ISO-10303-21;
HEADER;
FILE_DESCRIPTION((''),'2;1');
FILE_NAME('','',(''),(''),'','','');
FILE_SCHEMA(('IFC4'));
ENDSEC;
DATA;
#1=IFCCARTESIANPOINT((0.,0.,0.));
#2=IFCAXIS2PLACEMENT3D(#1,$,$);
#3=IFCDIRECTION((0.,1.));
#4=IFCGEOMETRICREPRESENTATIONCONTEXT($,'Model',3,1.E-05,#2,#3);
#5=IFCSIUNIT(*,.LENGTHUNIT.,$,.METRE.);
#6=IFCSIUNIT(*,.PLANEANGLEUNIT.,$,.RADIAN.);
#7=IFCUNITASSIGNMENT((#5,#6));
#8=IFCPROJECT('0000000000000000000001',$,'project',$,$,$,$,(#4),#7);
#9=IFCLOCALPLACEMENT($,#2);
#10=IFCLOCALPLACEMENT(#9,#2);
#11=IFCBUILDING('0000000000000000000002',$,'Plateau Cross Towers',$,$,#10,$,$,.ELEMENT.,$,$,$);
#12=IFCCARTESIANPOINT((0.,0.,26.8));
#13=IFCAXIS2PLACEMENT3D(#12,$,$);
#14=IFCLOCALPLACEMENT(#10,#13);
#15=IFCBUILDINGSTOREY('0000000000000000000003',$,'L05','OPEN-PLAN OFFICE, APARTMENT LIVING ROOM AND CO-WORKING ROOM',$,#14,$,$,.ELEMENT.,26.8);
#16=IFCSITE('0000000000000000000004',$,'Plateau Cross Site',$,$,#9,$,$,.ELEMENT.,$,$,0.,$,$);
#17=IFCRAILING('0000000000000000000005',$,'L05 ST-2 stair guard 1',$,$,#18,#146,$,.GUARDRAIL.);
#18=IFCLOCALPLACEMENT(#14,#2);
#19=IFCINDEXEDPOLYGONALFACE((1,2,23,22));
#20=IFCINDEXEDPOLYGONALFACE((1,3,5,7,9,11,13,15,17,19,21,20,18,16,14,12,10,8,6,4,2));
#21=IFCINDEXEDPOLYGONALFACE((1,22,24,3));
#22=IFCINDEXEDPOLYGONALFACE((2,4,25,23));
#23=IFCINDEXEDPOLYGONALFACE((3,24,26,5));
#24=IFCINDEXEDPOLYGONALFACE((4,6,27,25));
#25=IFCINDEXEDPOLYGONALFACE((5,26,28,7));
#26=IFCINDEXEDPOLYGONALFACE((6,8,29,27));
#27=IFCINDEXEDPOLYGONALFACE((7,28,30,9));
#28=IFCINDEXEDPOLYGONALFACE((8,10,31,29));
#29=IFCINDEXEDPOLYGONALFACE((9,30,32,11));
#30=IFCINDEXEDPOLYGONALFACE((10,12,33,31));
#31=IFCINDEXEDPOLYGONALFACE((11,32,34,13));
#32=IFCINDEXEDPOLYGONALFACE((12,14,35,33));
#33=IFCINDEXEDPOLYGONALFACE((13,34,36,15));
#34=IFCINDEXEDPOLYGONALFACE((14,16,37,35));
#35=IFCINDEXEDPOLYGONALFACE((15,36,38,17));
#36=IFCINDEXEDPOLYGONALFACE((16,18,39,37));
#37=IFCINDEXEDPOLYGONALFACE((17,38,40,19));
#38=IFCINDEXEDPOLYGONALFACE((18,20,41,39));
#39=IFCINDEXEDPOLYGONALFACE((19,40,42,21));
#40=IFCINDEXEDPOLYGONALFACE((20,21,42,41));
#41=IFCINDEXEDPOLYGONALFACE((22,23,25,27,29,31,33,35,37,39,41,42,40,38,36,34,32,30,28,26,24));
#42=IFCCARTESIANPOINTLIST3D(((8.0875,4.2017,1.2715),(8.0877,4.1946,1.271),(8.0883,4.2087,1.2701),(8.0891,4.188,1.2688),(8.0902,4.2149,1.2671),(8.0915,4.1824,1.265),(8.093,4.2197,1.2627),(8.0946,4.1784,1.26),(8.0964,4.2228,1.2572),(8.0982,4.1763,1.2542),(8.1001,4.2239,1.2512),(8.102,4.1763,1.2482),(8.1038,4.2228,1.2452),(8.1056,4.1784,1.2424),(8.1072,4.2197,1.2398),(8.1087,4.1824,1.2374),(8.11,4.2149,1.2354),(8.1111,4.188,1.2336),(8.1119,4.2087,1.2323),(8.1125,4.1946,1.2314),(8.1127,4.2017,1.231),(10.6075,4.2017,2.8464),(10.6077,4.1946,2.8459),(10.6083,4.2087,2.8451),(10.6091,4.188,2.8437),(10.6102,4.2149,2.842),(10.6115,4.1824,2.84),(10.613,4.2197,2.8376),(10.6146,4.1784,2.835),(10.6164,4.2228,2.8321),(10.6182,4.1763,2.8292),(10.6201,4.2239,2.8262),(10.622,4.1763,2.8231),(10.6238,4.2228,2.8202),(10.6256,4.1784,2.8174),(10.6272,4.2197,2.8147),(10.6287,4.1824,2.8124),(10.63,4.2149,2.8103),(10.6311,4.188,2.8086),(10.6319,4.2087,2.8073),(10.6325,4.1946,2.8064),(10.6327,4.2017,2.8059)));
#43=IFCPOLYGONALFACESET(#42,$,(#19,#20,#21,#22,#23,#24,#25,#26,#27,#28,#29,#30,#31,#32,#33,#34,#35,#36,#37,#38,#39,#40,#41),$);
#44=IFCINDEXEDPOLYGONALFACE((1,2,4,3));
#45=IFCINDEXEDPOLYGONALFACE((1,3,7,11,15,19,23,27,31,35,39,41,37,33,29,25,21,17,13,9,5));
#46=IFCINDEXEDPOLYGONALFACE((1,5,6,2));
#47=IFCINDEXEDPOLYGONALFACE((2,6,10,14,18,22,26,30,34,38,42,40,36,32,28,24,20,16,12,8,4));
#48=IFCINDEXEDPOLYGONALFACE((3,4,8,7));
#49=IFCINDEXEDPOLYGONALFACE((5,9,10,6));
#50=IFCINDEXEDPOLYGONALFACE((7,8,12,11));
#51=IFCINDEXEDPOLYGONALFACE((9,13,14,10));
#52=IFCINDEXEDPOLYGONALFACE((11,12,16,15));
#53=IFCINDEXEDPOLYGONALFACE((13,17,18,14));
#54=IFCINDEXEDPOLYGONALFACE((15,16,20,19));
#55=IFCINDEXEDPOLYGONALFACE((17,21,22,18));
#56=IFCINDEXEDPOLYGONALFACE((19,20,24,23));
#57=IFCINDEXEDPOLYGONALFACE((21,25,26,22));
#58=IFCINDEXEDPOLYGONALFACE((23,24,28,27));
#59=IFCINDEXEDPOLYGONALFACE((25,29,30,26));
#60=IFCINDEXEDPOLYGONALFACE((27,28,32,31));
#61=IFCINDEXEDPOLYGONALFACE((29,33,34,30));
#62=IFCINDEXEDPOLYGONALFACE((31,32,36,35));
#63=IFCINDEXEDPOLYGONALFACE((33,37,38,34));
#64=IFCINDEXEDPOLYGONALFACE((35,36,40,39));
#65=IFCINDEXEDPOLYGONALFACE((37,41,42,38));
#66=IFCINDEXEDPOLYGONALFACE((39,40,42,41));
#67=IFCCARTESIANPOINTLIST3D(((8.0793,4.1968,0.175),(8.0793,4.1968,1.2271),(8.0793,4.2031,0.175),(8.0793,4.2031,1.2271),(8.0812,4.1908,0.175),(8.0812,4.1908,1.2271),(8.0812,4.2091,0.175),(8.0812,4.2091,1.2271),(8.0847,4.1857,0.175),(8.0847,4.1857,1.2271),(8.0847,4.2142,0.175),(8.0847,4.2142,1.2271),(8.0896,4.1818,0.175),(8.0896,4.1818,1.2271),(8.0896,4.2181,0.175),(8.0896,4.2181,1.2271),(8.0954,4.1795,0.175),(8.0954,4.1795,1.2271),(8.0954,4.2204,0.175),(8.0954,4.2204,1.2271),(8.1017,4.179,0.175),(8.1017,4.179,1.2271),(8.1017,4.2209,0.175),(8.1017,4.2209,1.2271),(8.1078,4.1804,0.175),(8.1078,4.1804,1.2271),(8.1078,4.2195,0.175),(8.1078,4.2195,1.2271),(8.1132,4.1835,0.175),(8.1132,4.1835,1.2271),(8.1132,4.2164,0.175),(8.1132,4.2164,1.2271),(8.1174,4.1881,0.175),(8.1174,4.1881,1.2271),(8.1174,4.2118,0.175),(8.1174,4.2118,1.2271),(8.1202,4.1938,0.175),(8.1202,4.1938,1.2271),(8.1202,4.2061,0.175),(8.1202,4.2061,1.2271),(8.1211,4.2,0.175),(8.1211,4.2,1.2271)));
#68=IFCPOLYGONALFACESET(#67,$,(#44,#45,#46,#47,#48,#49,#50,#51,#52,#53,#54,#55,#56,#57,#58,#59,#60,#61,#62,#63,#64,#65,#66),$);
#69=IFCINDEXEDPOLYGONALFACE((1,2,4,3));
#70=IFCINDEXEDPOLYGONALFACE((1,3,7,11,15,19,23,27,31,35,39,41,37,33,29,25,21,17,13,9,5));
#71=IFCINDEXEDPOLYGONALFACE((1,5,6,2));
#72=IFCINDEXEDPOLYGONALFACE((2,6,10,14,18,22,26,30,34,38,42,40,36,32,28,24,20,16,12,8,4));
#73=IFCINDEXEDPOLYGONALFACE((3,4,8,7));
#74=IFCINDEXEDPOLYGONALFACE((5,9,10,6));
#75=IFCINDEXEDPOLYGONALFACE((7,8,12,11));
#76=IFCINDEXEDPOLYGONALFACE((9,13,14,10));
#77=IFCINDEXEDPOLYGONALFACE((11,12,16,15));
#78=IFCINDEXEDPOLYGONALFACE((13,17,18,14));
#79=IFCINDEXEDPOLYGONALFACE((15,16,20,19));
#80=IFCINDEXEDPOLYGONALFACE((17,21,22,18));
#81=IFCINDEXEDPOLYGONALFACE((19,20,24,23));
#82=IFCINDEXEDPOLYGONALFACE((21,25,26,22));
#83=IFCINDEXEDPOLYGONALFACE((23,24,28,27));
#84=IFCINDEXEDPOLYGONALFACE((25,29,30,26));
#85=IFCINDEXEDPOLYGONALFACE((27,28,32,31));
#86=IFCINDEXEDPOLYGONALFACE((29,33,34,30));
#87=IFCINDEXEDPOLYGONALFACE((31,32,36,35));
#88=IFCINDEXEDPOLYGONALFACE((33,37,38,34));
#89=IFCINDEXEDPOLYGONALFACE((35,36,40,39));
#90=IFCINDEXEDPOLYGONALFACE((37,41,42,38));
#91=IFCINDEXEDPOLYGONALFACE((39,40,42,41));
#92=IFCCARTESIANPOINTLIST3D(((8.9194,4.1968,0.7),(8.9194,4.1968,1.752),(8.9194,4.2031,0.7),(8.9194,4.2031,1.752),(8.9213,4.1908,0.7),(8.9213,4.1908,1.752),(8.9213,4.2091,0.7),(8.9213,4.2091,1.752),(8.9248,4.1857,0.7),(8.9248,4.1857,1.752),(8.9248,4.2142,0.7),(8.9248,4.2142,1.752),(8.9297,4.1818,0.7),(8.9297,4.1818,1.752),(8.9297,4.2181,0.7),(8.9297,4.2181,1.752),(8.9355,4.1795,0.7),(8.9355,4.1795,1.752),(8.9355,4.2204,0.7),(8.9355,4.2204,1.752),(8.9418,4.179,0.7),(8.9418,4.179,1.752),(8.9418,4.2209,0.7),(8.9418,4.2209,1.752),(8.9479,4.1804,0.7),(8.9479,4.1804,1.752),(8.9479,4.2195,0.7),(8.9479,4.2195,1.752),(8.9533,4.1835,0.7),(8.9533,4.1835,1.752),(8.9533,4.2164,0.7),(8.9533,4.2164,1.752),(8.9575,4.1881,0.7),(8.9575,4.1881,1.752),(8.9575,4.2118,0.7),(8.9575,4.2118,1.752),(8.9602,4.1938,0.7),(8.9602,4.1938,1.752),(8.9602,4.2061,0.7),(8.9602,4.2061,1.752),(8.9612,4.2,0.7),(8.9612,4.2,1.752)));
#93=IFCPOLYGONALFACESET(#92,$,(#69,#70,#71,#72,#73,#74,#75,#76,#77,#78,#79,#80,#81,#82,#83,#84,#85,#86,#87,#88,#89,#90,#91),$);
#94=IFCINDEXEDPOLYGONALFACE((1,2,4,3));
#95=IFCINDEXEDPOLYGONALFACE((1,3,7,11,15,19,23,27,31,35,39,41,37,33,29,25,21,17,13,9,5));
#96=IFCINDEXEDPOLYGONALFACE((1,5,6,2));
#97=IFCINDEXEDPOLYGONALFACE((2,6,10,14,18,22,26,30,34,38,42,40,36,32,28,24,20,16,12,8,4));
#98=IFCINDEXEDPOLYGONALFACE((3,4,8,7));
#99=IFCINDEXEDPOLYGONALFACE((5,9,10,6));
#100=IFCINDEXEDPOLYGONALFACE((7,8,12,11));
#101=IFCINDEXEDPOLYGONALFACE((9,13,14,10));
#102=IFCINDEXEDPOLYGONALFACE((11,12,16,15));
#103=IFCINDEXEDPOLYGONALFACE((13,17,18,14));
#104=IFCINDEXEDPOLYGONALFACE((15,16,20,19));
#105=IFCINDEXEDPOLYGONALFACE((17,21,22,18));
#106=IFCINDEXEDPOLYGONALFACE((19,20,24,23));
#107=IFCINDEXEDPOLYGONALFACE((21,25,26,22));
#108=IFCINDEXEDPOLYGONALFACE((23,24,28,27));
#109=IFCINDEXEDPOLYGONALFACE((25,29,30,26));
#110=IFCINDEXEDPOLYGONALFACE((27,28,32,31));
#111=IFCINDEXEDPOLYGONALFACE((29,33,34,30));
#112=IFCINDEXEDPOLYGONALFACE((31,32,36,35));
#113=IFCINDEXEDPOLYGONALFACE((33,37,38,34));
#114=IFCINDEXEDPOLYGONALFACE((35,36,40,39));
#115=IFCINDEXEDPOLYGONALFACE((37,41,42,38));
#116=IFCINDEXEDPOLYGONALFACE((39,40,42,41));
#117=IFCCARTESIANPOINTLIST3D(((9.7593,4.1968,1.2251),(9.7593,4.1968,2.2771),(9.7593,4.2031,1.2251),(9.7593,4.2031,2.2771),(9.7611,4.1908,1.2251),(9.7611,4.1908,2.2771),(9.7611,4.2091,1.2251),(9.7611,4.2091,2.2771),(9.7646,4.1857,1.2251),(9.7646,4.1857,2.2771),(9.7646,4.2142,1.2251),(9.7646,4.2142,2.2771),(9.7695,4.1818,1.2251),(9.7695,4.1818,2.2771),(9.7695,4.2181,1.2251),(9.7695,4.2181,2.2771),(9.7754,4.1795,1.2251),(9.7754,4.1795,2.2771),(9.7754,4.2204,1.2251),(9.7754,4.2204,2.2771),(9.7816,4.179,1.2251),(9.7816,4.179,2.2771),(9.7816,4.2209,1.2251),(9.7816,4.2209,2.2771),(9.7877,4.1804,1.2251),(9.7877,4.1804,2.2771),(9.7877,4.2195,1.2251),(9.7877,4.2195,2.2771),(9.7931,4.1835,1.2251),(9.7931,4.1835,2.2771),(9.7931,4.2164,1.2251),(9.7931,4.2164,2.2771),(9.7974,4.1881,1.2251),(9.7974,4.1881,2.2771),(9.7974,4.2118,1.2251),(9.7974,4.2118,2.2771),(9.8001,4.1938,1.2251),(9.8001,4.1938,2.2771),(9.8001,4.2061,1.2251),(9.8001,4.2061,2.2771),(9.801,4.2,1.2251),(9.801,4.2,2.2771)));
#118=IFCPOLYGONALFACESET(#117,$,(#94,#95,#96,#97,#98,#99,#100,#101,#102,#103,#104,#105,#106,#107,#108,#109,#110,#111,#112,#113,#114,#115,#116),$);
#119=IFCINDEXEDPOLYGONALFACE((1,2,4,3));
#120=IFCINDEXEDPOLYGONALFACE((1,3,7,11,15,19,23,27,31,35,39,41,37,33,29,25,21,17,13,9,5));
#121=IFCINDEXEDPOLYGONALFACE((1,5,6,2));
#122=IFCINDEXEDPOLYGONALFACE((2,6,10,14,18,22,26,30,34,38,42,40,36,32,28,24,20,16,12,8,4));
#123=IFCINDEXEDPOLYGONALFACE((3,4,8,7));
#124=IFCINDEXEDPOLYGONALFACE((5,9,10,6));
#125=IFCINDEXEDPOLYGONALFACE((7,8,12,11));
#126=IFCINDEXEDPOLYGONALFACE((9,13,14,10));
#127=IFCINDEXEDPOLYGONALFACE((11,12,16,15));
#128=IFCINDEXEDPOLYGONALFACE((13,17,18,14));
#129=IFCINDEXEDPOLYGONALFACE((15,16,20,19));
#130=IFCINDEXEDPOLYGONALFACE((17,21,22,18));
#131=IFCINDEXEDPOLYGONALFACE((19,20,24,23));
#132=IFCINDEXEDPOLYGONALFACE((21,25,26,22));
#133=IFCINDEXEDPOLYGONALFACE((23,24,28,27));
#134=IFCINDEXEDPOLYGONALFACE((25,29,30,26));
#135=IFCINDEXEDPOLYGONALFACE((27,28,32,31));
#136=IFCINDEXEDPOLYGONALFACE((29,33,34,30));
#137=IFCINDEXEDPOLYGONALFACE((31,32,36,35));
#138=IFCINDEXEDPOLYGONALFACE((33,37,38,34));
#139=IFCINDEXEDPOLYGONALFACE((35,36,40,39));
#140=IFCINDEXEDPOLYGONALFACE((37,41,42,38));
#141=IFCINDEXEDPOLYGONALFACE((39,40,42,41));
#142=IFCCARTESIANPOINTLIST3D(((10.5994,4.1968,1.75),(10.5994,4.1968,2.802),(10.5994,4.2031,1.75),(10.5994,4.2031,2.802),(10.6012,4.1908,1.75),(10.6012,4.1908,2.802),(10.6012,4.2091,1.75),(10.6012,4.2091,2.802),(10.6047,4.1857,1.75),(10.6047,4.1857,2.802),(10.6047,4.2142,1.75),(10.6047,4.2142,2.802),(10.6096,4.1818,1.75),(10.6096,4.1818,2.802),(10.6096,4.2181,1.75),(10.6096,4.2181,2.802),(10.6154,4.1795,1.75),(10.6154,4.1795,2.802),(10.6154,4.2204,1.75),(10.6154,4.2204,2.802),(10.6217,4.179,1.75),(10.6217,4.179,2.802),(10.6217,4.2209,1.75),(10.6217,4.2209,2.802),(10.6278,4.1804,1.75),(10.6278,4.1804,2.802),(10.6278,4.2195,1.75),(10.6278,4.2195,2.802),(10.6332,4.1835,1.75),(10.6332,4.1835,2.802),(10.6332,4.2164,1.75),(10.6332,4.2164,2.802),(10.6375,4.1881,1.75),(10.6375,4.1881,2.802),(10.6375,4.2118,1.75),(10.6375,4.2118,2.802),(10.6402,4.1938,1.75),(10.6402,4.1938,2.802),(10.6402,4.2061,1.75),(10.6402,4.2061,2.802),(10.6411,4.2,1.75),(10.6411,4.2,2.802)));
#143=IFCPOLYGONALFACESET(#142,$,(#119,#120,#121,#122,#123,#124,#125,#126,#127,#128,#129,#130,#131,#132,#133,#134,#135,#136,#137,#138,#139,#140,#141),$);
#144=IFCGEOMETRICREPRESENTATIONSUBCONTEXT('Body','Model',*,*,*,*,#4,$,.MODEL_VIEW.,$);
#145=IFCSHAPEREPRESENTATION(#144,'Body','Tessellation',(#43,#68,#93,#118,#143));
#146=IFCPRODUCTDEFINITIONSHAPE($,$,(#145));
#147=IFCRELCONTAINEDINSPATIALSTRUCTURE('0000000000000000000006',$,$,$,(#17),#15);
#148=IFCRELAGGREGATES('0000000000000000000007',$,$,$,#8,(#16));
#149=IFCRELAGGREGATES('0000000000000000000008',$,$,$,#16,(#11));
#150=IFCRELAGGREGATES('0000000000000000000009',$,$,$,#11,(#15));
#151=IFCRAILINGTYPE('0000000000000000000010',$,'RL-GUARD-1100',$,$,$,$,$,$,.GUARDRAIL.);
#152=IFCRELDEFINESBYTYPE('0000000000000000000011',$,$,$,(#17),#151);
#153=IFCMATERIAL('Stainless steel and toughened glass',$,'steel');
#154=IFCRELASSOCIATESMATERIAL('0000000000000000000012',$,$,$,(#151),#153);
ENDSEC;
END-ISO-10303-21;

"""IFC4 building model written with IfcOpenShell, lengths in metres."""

from ifc_helpers import new_model, si_unit, direction, frame, origin, origin_2d, place, context, subcontext, project, spatial, circle, extrude, material, type_object, element, save


model = new_model("IFC4")

# Units and contexts
model_context = context("Model", 3, precision=1e-05, world=origin(), true_north=direction((0.0, 1.0)))
body_context = subcontext(model_context, "Body", "Model", "MODEL_VIEW")
ifc_project = project(units=[si_unit("LENGTHUNIT", "METRE"), si_unit("PLANEANGLEUNIT", "RADIAN")], contexts=[model_context])

# Site, building, storey
site_placement = place(None, origin())
site = spatial("IfcSite", under=ifc_project, at=site_placement, Name="Plateau Cross Site", CompositionType="ELEMENT", RefElevation=0.0)
building_placement = place(site_placement, origin())
building = spatial("IfcBuilding", under=site, at=building_placement, Name="Plateau Cross Towers", CompositionType="ELEMENT")
storey_placement = place(building_placement, frame((0.0, 0.0, 26.8)))
storey = spatial("IfcBuildingStorey", under=building, at=storey_placement, Name="L05", Description="OPEN-PLAN OFFICE, APARTMENT LIVING ROOM AND CO-WORKING ROOM", CompositionType="ELEMENT", Elevation=26.8)

# Railing
ifc_material_1 = material(Name="Stainless steel and toughened glass", Category="steel")
railing_type_1 = type_object("IfcRailingType", Name="RL-GUARD-1100", PredefinedType="GUARDRAIL", material=ifc_material_1)
railing_1_placement = place(storey_placement, frame((8.1001, 4.2, 0.175)))
element("IfcRailing", 1, at=railing_1_placement, inside=storey, type_object=railing_type_1, Name="L05 ST-2 stair guard 1", PredefinedType="GUARDRAIL", context=body_context, shape_type="SweptSolid", body=[
    extrude(circle(Radius=0.0239, at=origin_2d()), frame((0.0, 0.0, 1.0762), z_axis=(0.848008, 0.0, 0.529984), x_axis=(0.0, 1.0, 0.0)), (0.0, 0.0, 1.0), 2.9717),
    extrude(circle(Radius=0.021, at=origin_2d()), origin(), (0.0, 0.0, 1.0), 1.052),
    extrude(circle(Radius=0.021, at=origin_2d()), frame((0.8401, 0.0, 0.5249)), (0.0, 0.0, 1.0), 1.052),
    extrude(circle(Radius=0.021, at=origin_2d()), frame((1.6799, 0.0, 1.05)), (0.0, 0.0, 1.0), 1.052),
    extrude(circle(Radius=0.021, at=origin_2d()), frame((2.52, 0.0, 1.575)), (0.0, 0.0, 1.0), 1.052),
])

save(model, "model.ifc")
